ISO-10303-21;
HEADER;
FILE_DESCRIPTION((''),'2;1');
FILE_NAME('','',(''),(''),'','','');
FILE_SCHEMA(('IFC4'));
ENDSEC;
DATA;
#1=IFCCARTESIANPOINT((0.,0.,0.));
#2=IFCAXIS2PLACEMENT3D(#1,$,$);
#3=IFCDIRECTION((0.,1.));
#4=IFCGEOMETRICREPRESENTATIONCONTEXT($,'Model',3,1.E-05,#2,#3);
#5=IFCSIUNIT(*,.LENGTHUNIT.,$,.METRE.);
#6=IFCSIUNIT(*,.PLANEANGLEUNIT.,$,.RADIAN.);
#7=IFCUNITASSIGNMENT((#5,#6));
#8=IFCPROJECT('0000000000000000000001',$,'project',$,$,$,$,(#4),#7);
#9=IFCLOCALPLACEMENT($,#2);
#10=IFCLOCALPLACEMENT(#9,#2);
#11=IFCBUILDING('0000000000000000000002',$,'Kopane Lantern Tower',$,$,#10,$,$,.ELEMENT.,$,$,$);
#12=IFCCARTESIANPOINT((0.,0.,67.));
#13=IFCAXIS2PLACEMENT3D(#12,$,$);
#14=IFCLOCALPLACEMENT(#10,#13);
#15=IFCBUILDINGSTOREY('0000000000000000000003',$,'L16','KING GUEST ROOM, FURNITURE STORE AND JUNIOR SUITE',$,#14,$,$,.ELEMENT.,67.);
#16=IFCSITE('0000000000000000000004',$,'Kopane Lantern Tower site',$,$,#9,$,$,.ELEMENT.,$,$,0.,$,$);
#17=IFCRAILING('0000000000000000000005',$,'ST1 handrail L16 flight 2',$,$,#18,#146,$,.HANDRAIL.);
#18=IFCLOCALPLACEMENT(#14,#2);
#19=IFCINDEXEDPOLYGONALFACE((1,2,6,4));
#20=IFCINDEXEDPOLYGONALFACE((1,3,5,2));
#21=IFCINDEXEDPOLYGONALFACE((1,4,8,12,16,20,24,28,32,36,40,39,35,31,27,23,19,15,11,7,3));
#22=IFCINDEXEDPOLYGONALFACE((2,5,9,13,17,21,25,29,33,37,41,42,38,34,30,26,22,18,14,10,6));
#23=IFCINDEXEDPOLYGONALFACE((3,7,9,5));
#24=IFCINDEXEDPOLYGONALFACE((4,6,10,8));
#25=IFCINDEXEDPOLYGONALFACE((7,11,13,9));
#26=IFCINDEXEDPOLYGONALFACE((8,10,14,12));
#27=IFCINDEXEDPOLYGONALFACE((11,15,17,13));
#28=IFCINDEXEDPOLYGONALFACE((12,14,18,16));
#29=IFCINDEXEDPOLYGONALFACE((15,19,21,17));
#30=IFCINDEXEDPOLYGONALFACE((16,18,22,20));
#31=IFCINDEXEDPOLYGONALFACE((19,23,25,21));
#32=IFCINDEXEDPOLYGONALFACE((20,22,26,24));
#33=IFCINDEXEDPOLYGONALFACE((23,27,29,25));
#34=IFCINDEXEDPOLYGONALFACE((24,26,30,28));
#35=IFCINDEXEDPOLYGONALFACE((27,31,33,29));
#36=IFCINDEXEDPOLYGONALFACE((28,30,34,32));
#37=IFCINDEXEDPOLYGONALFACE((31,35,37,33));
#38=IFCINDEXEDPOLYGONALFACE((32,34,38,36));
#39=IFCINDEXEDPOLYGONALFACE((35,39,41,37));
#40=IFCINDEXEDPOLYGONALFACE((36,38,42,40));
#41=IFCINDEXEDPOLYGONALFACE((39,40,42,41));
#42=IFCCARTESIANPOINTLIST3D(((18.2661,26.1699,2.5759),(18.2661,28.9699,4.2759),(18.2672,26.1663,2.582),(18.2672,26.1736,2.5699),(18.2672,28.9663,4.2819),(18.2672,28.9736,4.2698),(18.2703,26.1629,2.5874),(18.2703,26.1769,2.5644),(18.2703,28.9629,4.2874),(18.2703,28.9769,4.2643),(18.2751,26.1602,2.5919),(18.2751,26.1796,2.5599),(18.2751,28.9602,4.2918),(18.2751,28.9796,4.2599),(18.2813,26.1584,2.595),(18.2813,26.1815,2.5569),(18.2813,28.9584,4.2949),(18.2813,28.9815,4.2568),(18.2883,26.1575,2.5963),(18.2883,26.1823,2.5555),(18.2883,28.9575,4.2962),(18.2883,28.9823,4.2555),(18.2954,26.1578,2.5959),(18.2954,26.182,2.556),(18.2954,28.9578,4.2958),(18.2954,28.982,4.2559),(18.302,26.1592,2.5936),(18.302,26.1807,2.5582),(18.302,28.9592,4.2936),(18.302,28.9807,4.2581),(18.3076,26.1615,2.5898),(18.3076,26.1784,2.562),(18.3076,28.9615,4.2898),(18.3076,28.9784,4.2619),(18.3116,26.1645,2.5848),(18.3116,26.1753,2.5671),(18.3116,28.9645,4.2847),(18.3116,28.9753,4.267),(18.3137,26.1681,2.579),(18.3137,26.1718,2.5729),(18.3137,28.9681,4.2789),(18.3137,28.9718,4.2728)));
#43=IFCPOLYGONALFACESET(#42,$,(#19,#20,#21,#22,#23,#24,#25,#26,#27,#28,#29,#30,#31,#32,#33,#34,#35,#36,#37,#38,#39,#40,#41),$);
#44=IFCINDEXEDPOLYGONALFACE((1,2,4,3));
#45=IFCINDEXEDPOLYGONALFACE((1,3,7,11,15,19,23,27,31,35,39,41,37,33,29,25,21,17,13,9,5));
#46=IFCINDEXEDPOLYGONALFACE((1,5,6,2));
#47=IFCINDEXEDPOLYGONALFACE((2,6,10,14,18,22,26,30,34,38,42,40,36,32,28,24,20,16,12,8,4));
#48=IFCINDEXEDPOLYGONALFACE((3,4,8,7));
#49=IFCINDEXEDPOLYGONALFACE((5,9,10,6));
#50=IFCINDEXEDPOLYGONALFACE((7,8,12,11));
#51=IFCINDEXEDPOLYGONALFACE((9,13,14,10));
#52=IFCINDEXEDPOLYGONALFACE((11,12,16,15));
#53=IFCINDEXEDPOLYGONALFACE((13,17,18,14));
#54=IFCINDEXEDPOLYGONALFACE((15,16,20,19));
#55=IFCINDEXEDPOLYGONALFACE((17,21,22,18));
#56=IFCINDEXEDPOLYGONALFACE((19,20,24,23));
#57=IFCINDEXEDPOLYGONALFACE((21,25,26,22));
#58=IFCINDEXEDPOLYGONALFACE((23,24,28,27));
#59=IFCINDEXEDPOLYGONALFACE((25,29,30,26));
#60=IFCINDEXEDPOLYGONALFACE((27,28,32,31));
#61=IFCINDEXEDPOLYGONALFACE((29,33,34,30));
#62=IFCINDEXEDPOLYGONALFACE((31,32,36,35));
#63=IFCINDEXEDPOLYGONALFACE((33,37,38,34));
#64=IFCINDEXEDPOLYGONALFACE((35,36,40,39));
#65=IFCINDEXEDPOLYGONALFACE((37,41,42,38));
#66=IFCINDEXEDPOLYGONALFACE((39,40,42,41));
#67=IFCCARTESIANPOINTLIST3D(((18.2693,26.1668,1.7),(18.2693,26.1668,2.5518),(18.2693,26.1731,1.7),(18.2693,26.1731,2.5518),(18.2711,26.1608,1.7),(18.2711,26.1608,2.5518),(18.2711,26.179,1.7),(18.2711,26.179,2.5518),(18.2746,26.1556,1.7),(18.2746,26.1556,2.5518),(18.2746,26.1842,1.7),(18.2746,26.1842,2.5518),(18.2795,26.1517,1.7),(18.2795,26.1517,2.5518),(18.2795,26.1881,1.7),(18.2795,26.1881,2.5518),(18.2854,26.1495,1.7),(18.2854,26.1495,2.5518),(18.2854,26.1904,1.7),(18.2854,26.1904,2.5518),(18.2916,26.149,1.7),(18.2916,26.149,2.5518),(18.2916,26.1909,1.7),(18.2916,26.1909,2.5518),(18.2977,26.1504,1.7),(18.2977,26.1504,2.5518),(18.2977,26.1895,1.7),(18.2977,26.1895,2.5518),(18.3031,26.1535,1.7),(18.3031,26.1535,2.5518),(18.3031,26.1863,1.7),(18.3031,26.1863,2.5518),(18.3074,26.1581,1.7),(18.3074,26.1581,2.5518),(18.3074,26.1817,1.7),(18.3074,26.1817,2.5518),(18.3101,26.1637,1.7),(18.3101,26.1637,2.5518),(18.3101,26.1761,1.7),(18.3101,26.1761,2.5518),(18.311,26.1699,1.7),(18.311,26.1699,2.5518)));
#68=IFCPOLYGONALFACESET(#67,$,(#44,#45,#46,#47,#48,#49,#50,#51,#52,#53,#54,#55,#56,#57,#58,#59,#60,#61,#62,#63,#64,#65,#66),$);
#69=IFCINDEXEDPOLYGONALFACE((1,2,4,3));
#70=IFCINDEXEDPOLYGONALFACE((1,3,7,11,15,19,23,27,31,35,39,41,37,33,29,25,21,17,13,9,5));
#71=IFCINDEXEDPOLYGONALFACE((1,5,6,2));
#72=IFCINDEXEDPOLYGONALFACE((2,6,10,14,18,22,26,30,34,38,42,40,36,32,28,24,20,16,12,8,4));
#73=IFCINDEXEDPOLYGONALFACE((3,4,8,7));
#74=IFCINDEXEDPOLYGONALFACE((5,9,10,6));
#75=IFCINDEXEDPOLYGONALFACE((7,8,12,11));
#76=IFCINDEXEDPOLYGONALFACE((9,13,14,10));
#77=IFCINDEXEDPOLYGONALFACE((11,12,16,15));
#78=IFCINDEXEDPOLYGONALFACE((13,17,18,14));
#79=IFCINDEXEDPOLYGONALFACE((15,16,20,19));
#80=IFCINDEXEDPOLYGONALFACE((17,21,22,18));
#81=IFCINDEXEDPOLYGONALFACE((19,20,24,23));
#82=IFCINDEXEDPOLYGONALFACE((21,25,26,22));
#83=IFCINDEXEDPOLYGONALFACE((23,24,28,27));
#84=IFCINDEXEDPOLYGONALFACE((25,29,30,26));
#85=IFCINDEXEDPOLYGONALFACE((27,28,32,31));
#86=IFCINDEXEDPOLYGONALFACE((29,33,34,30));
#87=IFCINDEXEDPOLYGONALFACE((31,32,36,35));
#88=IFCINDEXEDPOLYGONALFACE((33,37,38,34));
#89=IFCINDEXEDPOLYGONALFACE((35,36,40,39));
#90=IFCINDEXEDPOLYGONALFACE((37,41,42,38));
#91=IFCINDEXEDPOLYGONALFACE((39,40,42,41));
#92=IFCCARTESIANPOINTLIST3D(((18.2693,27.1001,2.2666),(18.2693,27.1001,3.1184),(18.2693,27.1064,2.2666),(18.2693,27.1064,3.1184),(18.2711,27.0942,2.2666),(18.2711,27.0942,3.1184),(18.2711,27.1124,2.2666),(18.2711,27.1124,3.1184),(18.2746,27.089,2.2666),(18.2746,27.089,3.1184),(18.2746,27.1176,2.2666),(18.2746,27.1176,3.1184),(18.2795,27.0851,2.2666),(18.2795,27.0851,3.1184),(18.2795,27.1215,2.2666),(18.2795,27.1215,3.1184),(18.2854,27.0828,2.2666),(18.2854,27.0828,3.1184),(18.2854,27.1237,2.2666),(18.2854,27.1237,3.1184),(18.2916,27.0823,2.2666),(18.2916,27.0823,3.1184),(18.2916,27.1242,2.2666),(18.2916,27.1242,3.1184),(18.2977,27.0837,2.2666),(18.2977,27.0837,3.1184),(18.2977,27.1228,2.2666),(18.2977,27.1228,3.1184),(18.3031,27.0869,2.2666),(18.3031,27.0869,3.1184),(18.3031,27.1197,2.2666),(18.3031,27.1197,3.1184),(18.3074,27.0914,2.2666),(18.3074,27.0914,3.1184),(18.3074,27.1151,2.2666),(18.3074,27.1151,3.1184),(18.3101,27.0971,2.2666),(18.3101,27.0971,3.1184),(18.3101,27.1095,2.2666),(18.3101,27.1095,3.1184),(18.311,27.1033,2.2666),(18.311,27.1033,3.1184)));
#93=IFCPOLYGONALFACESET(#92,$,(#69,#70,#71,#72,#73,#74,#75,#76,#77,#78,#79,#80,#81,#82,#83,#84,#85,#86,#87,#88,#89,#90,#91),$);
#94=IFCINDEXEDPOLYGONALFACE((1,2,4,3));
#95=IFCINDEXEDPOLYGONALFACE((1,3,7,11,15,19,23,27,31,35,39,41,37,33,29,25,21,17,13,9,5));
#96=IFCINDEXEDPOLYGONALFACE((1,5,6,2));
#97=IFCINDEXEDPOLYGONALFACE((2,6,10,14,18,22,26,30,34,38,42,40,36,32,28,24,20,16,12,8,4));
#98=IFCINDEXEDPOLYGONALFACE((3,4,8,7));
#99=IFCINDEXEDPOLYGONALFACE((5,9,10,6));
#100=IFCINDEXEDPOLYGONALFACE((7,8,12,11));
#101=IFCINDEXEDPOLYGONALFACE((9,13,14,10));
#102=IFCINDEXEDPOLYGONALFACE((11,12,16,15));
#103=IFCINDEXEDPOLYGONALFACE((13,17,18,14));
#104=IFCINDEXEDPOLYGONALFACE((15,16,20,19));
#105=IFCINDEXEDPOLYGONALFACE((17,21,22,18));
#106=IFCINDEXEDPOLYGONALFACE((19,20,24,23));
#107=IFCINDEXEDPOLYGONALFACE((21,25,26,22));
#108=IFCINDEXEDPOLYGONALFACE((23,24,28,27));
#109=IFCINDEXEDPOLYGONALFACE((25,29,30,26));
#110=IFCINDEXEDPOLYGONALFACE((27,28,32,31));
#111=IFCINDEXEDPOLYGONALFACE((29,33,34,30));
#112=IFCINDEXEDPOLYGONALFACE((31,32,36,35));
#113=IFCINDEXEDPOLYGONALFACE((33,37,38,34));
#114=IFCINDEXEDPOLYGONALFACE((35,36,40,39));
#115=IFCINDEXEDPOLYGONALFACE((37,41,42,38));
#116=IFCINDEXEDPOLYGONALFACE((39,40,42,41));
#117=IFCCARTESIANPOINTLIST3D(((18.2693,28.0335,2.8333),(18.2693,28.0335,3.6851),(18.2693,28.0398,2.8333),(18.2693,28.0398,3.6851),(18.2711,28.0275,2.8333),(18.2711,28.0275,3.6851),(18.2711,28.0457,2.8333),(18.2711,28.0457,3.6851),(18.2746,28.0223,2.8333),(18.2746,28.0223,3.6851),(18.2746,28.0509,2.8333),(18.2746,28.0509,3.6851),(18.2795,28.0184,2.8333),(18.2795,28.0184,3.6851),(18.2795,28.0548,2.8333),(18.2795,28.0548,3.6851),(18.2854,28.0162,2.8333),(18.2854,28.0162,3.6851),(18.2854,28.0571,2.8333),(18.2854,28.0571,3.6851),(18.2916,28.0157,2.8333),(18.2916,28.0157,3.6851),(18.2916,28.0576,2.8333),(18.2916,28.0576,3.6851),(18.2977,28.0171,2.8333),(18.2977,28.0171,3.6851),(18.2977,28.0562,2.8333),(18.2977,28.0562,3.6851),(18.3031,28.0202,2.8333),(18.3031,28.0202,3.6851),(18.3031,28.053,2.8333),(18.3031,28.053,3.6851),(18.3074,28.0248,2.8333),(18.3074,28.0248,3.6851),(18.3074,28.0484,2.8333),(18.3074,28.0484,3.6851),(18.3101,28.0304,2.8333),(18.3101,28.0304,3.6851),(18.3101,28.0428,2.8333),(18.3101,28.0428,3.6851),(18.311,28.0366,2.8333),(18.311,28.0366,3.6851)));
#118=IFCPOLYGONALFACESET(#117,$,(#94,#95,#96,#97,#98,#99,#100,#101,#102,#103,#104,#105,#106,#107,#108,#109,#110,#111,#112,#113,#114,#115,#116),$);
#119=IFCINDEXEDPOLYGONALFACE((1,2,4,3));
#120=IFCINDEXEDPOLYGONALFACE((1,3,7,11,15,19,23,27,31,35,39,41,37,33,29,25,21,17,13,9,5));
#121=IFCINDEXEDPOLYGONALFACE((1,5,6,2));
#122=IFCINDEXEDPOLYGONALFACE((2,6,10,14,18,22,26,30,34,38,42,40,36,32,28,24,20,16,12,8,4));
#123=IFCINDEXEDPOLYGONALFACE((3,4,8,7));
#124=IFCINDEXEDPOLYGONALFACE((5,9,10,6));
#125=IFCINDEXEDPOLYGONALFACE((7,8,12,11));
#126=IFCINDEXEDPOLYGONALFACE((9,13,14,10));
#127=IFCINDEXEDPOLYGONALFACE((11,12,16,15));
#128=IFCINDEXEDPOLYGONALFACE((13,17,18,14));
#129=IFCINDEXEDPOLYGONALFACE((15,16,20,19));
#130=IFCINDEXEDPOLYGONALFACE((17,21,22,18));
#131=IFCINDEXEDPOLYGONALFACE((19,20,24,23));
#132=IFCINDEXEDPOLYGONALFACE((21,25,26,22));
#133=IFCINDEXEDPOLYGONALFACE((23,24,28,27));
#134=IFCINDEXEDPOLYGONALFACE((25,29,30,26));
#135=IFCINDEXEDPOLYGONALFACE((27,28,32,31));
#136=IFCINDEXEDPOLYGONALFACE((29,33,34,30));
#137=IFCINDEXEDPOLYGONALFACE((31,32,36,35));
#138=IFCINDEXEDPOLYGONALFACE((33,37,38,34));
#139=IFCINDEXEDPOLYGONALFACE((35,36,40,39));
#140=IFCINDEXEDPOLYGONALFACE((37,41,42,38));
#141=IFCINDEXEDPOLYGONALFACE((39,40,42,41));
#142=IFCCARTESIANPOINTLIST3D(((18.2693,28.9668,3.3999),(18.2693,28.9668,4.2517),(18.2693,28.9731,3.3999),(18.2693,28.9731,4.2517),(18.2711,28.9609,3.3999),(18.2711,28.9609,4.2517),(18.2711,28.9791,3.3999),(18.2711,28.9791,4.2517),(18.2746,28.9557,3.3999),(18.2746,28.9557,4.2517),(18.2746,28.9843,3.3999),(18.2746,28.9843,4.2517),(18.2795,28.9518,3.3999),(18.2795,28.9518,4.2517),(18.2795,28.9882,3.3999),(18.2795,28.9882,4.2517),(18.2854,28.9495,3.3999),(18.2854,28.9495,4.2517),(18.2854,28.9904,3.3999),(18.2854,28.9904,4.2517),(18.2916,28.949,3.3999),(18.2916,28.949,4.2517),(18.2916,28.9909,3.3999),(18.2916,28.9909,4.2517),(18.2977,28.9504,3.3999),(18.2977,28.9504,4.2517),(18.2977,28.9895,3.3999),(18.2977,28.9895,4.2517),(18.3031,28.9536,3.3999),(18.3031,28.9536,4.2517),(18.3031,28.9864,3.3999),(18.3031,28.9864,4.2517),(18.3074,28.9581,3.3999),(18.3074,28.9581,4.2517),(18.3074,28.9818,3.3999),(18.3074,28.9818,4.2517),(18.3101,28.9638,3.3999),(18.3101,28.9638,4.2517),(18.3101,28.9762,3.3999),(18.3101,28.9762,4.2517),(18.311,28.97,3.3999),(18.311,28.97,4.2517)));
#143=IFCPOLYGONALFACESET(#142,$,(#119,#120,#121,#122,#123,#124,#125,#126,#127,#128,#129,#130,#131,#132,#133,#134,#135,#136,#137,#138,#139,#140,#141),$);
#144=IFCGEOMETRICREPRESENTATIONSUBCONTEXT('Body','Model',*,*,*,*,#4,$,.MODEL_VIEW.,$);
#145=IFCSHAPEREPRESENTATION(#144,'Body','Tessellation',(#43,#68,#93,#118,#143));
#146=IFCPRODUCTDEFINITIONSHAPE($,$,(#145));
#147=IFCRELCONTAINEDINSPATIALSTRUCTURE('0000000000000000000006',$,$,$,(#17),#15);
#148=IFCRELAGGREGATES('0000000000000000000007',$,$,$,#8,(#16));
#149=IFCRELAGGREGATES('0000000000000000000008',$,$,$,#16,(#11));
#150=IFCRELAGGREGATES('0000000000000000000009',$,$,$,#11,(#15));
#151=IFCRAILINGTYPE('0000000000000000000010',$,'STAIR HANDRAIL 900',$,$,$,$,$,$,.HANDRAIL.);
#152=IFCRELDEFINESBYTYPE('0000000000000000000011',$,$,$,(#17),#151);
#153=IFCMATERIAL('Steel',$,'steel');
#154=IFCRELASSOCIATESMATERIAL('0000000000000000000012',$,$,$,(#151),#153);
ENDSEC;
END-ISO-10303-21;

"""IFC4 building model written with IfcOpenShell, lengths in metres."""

from ifc_helpers import new_model, si_unit, direction, frame, origin, origin_2d, place, context, subcontext, project, spatial, circle, extrude, material, type_object, element, save


model = new_model("IFC4")

# Units and contexts
model_context = context("Model", 3, precision=1e-05, world=origin(), true_north=direction((0.0, 1.0)))
body_context = subcontext(model_context, "Body", "Model", "MODEL_VIEW")
ifc_project = project(units=[si_unit("LENGTHUNIT", "METRE"), si_unit("PLANEANGLEUNIT", "RADIAN")], contexts=[model_context])

# Site, building, storey
site_placement = place(None, origin())
site = spatial("IfcSite", under=ifc_project, at=site_placement, Name="Kopane Lantern Tower site", CompositionType="ELEMENT", RefElevation=0.0)
building_placement = place(site_placement, origin())
building = spatial("IfcBuilding", under=site, at=building_placement, Name="Kopane Lantern Tower", CompositionType="ELEMENT")
storey_placement = place(building_placement, frame((0.0, 0.0, 67.0)))
storey = spatial("IfcBuildingStorey", under=building, at=storey_placement, Name="L16", Description="KING GUEST ROOM, FURNITURE STORE AND JUNIOR SUITE", CompositionType="ELEMENT", Elevation=67.0)

# Railing
ifc_material_1 = material(Name="Steel", Category="steel")
railing_type_1 = type_object("IfcRailingType", Name="STAIR HANDRAIL 900", PredefinedType="HANDRAIL", material=ifc_material_1)
for number, where, name in (
    (1, (18.29, 26.1699, 1.7), "ST1 handrail L16 flight 2"),
):
    element("IfcRailing", number, at=place(storey_placement, frame(where)), inside=storey, type_object=railing_type_1, Name=name, PredefinedType="HANDRAIL", context=body_context, shape_type="SweptSolid", body=[
        extrude(circle(Radius=0.0239, at=origin_2d()), frame((0.0, 0.0, 0.876), z_axis=(0.0, 0.854798, 0.518961), x_axis=(-1.0, 0.0, 0.0)), (0.0, 0.0, 1.0), 3.2756),
        extrude(circle(Radius=0.021, at=origin_2d()), origin(), (0.0, 0.0, 1.0), 0.8518),
        extrude(circle(Radius=0.021, at=origin_2d()), frame((0.0, 0.9333, 0.5667)), (0.0, 0.0, 1.0), 0.8518),
        extrude(circle(Radius=0.021, at=origin_2d()), frame((0.0, 1.8667, 1.1333)), (0.0, 0.0, 1.0), 0.8518),
        extrude(circle(Radius=0.021, at=origin_2d()), frame((0.0, 2.8, 1.7)), (0.0, 0.0, 1.0), 0.8518),
    ])

save(model, "model.ifc")
